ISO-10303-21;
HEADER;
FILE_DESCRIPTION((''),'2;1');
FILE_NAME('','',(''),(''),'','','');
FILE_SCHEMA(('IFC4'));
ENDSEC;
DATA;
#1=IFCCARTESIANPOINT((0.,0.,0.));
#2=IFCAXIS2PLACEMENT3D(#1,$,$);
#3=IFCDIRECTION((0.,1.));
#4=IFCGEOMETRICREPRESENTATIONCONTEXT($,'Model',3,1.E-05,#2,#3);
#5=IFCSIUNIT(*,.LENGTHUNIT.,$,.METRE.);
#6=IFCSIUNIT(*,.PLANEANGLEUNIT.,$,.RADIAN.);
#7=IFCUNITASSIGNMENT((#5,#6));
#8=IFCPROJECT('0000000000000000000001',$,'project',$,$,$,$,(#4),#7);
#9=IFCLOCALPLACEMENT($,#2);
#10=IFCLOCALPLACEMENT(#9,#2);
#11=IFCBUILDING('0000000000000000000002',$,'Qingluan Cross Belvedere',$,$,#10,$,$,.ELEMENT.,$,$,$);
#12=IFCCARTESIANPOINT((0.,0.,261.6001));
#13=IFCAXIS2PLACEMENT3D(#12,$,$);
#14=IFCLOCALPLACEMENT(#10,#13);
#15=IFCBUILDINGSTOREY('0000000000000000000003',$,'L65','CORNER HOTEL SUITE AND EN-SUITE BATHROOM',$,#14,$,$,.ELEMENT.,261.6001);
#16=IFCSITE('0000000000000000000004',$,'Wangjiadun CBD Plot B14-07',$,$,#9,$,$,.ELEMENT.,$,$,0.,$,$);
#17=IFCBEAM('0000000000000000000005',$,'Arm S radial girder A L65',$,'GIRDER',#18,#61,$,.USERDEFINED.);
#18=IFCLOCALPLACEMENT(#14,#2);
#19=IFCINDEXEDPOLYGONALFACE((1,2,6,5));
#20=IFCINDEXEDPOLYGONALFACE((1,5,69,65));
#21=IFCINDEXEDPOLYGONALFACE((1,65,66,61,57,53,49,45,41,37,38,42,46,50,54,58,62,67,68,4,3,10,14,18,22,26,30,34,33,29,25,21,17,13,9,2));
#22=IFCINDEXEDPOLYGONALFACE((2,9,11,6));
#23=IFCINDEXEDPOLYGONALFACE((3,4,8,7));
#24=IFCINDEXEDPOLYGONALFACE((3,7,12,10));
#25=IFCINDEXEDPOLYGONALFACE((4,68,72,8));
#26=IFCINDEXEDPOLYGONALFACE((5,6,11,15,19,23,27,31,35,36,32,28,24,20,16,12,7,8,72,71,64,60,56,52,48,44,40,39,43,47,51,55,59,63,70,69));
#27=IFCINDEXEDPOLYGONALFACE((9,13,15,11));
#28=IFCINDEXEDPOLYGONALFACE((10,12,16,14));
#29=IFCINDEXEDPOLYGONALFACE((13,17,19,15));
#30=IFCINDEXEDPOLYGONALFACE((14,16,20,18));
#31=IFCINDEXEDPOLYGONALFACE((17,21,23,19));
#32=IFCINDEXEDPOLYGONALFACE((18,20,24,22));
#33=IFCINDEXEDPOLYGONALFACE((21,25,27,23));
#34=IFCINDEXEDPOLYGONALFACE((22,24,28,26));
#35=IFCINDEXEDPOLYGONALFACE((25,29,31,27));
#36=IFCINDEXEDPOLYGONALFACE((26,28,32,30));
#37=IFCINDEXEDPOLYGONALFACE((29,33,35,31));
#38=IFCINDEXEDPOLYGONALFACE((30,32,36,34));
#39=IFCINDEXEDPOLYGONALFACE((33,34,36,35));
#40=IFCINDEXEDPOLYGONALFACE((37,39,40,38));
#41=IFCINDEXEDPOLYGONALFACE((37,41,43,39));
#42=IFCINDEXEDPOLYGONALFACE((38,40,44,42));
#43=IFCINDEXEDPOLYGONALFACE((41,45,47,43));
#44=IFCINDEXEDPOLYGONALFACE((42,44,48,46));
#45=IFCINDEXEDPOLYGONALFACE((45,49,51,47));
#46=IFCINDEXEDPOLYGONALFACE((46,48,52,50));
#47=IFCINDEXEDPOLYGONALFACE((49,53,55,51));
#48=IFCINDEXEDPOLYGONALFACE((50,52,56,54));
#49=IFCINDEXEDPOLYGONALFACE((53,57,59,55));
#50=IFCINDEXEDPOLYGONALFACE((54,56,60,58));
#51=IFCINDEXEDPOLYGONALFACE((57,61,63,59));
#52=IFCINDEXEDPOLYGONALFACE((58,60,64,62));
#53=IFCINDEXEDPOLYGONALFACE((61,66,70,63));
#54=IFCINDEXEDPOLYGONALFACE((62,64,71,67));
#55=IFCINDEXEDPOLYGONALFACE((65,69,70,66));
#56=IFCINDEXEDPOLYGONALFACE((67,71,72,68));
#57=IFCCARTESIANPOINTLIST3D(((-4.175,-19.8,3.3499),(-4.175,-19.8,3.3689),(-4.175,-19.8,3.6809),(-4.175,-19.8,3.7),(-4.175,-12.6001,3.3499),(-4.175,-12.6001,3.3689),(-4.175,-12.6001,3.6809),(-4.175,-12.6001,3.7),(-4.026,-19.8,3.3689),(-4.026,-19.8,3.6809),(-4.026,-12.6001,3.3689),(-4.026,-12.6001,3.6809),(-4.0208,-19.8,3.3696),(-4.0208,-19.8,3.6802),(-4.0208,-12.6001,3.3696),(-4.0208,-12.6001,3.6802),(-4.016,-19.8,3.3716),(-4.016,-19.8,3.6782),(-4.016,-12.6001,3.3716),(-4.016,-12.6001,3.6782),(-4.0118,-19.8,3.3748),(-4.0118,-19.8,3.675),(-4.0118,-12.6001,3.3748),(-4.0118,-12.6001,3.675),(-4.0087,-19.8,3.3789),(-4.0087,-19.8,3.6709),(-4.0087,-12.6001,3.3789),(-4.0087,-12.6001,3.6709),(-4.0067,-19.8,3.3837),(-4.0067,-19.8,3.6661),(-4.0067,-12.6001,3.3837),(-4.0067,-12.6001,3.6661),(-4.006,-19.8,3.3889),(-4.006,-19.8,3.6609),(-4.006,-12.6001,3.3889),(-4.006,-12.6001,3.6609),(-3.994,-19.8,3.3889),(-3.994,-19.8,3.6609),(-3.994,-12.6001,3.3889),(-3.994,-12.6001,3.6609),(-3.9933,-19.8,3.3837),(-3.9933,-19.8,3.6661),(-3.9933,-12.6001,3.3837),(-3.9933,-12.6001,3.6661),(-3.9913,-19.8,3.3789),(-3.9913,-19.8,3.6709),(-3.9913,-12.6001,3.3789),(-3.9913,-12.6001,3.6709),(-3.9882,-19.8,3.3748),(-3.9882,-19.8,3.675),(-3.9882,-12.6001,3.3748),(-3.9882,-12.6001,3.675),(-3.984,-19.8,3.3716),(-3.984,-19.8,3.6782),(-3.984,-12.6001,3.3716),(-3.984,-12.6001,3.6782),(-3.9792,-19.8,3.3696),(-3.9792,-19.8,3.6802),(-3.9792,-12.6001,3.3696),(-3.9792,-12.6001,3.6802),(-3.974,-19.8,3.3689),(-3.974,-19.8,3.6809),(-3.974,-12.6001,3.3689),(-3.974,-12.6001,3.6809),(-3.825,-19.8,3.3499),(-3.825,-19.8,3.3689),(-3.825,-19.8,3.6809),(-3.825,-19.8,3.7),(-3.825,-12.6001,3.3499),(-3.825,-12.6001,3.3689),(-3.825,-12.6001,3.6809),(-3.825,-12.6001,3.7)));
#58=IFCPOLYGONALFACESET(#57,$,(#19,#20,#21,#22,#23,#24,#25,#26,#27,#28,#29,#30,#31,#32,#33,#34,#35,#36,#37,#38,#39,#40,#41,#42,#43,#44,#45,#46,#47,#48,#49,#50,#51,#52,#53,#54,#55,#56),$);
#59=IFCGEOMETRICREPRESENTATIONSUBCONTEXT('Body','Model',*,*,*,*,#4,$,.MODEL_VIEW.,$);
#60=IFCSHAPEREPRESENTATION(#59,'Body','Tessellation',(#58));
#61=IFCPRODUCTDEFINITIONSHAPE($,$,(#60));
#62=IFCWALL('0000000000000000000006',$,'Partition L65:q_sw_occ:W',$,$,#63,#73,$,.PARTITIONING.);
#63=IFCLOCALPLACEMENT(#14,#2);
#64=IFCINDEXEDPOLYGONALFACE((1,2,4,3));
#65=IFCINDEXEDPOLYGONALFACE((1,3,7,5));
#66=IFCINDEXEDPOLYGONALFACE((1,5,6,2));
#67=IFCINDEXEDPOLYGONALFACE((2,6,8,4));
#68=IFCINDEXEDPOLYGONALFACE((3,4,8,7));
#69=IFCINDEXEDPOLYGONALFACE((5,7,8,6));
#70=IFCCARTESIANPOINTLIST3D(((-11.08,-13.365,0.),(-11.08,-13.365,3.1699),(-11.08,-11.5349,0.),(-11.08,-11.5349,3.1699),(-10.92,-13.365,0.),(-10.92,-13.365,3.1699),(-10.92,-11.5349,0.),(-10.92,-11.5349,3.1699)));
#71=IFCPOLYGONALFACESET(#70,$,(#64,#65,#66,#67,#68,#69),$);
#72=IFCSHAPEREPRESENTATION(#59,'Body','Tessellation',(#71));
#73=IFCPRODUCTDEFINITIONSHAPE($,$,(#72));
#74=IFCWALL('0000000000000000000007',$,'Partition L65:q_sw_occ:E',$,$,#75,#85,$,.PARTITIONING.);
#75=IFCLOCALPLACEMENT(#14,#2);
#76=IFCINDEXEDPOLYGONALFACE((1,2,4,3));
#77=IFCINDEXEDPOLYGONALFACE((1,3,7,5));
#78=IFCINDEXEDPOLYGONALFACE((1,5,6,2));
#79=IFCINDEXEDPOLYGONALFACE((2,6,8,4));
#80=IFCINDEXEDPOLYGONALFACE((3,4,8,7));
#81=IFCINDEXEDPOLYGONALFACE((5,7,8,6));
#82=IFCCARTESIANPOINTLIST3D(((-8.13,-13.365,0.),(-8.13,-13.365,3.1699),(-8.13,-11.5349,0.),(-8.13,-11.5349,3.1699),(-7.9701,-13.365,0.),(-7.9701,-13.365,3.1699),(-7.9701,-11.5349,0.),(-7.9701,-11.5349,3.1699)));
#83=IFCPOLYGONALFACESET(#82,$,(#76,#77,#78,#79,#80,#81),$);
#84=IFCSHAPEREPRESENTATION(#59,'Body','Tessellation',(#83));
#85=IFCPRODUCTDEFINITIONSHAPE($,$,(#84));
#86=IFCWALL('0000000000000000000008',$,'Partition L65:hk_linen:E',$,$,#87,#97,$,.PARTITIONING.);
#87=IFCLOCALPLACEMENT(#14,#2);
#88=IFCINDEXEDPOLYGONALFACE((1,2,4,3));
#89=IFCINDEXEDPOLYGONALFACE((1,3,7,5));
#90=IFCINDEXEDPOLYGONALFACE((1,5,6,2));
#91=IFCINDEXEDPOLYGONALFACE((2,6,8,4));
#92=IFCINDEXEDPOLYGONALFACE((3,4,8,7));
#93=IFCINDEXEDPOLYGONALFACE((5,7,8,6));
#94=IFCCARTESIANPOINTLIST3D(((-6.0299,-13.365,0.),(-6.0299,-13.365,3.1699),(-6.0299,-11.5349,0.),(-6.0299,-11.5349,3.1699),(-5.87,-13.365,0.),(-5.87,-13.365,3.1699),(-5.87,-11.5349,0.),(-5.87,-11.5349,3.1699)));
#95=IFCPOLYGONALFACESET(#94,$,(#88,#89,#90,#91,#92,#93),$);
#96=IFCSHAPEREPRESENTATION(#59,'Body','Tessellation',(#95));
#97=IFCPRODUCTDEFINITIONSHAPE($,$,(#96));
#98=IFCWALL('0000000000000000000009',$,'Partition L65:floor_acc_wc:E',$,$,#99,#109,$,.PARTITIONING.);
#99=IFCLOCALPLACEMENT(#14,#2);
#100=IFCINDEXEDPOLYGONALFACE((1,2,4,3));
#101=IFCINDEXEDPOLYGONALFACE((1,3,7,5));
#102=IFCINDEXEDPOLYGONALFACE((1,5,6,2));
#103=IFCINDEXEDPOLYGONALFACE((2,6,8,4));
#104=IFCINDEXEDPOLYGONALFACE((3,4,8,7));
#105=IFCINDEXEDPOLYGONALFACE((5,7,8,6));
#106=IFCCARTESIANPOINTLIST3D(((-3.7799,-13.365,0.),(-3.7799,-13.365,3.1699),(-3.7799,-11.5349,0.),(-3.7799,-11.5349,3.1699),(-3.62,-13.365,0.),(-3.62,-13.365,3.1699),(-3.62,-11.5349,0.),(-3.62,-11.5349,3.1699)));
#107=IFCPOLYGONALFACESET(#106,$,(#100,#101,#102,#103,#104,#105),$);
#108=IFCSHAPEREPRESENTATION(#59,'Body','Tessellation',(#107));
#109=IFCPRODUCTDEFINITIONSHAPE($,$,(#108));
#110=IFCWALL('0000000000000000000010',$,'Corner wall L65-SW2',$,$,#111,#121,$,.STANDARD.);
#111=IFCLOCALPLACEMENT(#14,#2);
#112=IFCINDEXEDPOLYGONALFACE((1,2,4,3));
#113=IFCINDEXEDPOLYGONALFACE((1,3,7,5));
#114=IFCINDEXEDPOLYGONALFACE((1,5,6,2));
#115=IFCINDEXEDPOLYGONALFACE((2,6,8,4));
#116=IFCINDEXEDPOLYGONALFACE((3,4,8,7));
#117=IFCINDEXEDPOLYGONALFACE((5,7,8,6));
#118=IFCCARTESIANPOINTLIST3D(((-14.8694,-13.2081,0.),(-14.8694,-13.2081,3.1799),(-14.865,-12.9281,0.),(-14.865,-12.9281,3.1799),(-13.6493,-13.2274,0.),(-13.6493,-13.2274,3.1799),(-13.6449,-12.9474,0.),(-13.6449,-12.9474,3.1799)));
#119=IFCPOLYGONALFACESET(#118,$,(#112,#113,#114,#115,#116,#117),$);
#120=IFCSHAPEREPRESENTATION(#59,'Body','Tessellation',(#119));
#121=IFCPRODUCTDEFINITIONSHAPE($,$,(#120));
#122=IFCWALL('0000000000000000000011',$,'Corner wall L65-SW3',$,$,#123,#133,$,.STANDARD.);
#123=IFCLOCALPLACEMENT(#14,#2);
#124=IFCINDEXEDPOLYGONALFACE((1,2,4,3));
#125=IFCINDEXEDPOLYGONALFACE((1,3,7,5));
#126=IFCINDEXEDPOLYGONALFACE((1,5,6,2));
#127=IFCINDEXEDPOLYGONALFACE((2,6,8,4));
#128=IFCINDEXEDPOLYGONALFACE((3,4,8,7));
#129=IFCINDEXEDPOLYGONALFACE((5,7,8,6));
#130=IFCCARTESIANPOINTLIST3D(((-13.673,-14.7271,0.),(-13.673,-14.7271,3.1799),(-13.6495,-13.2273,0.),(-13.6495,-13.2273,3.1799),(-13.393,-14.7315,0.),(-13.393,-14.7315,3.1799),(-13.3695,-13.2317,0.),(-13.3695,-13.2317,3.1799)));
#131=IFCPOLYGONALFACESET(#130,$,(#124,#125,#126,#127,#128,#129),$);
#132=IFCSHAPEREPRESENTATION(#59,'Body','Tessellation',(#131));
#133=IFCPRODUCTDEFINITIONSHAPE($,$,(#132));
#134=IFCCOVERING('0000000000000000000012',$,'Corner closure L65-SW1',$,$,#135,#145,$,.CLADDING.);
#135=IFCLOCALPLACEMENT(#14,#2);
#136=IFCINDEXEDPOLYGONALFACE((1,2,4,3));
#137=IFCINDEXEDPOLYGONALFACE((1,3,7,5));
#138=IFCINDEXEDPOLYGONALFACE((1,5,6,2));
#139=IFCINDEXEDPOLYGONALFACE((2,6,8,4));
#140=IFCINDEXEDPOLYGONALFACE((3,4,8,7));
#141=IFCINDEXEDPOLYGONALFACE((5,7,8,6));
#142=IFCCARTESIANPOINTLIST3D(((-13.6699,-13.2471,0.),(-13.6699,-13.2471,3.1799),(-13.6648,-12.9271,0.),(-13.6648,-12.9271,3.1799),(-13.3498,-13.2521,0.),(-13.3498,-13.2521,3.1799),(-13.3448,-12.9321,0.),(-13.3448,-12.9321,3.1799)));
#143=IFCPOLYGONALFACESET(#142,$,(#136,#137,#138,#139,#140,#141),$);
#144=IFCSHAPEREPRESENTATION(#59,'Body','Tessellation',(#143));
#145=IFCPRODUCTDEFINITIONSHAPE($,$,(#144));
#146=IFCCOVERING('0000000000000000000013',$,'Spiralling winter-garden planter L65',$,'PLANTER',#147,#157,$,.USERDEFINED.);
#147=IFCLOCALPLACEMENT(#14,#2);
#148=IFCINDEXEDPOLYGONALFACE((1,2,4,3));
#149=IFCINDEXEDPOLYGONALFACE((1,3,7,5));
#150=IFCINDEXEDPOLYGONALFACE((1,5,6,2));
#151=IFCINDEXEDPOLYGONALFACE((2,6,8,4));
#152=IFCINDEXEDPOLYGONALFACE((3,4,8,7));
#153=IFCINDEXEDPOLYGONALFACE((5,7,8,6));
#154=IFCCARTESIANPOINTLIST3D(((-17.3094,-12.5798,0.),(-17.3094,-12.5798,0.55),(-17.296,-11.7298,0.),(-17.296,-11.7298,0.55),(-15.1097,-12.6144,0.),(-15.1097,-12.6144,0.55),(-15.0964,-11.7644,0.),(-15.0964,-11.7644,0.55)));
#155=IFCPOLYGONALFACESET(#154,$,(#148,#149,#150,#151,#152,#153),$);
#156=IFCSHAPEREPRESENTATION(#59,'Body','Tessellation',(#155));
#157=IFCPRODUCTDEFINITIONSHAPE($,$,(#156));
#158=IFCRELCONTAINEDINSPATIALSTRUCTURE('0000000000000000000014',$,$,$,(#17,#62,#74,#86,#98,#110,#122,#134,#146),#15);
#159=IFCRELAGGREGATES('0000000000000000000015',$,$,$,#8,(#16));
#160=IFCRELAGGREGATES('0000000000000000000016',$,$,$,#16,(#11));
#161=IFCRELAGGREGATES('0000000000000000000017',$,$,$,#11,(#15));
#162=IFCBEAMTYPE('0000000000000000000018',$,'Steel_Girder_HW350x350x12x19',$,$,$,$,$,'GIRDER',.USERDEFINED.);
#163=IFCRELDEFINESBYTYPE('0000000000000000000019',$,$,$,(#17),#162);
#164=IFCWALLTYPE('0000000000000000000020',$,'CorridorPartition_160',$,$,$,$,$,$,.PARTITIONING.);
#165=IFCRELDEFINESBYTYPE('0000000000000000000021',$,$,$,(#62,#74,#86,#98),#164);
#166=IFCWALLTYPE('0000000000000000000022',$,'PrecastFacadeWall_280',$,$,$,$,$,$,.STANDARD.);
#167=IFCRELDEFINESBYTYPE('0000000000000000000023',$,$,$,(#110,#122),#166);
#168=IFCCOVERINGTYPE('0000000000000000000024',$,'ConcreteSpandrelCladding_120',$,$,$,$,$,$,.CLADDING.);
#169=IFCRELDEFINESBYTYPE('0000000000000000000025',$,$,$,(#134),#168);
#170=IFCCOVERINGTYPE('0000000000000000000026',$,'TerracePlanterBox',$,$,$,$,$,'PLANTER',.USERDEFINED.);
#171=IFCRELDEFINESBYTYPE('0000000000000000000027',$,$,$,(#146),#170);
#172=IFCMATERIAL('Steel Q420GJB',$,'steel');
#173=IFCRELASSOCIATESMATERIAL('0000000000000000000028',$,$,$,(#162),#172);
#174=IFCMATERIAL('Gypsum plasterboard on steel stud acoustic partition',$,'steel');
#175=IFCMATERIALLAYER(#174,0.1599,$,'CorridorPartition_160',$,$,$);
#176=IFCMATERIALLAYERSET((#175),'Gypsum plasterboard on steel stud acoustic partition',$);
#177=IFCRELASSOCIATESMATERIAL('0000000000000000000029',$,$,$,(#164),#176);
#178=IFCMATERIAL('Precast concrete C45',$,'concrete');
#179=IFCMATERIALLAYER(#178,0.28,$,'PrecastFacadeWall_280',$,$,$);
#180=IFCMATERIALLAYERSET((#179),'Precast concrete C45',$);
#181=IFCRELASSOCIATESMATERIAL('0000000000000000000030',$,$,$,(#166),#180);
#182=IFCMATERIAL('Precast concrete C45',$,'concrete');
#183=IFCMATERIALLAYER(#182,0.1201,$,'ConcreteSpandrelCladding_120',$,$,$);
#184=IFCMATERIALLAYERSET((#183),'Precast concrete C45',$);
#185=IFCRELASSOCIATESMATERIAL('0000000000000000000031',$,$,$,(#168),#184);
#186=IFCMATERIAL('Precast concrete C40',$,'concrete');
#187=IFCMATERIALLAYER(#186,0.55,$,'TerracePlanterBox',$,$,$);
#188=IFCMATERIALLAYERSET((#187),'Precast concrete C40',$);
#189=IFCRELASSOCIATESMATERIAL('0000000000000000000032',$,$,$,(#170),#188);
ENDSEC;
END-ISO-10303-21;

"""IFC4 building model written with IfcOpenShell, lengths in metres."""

from ifc_helpers import new_model, si_unit, direction, frame, frame_2d, origin, origin_2d, place, context, subcontext, project, spatial, rectangle, i_section, extrude, material, layer, layer_set, material_profile, profile_set, type_object, element, save


model = new_model("IFC4")

# Units and contexts
model_context = context("Model", 3, precision=1e-05, world=origin(), true_north=direction((0.0, 1.0)))
body_context = subcontext(model_context, "Body", "Model", "MODEL_VIEW")
ifc_project = project(units=[si_unit("LENGTHUNIT", "METRE"), si_unit("PLANEANGLEUNIT", "RADIAN")], contexts=[model_context])

# Site, building, storey
site_placement = place(None, origin())
site = spatial("IfcSite", under=ifc_project, at=site_placement, Name="Wangjiadun CBD Plot B14-07", CompositionType="ELEMENT", RefElevation=0.0)
building_placement = place(site_placement, origin())
building = spatial("IfcBuilding", under=site, at=building_placement, Name="Qingluan Cross Belvedere", CompositionType="ELEMENT")
storey_placement = place(building_placement, frame((0.0, 0.0, 261.6001)))
storey = spatial("IfcBuildingStorey", under=building, at=storey_placement, Name="L65", Description="CORNER HOTEL SUITE AND EN-SUITE BATHROOM", CompositionType="ELEMENT", Elevation=261.6001)

# Beam
ifc_material_1 = material(Name="Steel Q420GJB", Category="steel")
ifc_material_profile_1 = material_profile(ifc_material_1, i_section(OverallWidth=0.3501, OverallDepth=0.3501, WebThickness=0.012, FlangeThickness=0.019, FilletRadius=0.02, at=origin_2d()), Name="HW350x350x12x19")
ifc_profile_set_1 = profile_set([ifc_material_profile_1], Name="Steel Q420GJB")
beam_type_1 = type_object("IfcBeamType", Name="Steel_Girder_HW350x350x12x19", ElementType="GIRDER", PredefinedType="USERDEFINED", material=ifc_profile_set_1)
beam_1_placement = place(storey_placement, frame((-4.0, -12.6001, 3.5249), z_axis=(0.0, -1.0, 0.0), x_axis=(1.0, 0.0, 0.0)))
element("IfcBeam", 1, at=beam_1_placement, inside=storey, type_object=beam_type_1, Name="Arm S radial girder A L65", ObjectType="GIRDER", PredefinedType="USERDEFINED", context=body_context, shape_type="SweptSolid", body=[
    extrude(i_section(OverallWidth=0.3501, OverallDepth=0.3501, WebThickness=0.012, FlangeThickness=0.019, FilletRadius=0.02, at=origin_2d()), origin(), (0.0, 0.0, 1.0), 7.2),
])

# Walls
ifc_material_2 = material(Name="Gypsum plasterboard on steel stud acoustic partition", Category="steel")
ifc_layer_1 = layer(ifc_material_2, 0.1599, Name="CorridorPartition_160")
ifc_layer_set_1 = layer_set([ifc_layer_1], Name="Gypsum plasterboard on steel stud acoustic partition")
wall_type_1 = type_object("IfcWallType", Name="CorridorPartition_160", PredefinedType="PARTITIONING", material=ifc_layer_set_1)
for number, where, z_axis, x_axis, name in (
    (2, (-11.0, -13.365, 0.0), (0.0, 0.0, 1.0), (0.0, 1.0, 0.0), "Partition L65:q_sw_occ:W"),
    (3, (-8.05, -13.365, 0.0), (0.0, 0.0, 1.0), (0.0, 1.0, 0.0), "Partition L65:q_sw_occ:E"),
    (4, (-5.95, -13.365, 0.0), (0.0, 0.0, 1.0), (0.0, 1.0, 0.0), "Partition L65:hk_linen:E"),
    (5, (-3.7, -13.365, 0.0), (0.0, 0.0, 1.0), (0.0, 1.0, 0.0), "Partition L65:floor_acc_wc:E"),
):
    element("IfcWall", number, at=place(storey_placement, frame(where, z_axis=z_axis, x_axis=x_axis)), inside=storey, type_object=wall_type_1, Name=name, PredefinedType="PARTITIONING", context=body_context, shape_type="SweptSolid", body=[
        extrude(rectangle(XDim=1.8301, YDim=0.1599, at=frame_2d((0.915, 0.0))), origin(), (0.0, 0.0, 1.0), 3.1699),
    ])
ifc_material_3 = material(Name="Precast concrete C45", Category="concrete")
ifc_layer_2 = layer(ifc_material_3, 0.28, Name="PrecastFacadeWall_280")
ifc_layer_set_2 = layer_set([ifc_layer_2], Name="Precast concrete C45")
wall_type_2 = type_object("IfcWallType", Name="PrecastFacadeWall_280", PredefinedType="STANDARD", material=ifc_layer_set_2)
wall_1_placement = place(storey_placement, frame((-14.8672, -13.0681, 0.0), z_axis=(0.0, 0.0, 1.0), x_axis=(0.999875, -0.015808, 0.0)))
element("IfcWall", 6, at=wall_1_placement, inside=storey, type_object=wall_type_2, Name="Corner wall L65-SW2", PredefinedType="STANDARD", context=body_context, shape_type="SweptSolid", body=[
    extrude(rectangle(XDim=1.2202, YDim=0.28, at=frame_2d((0.6101, 0.0))), origin(), (0.0, 0.0, 1.0), 3.1799),
])
wall_2_placement = place(storey_placement, frame((-13.5095, -13.2295, 0.0), z_axis=(0.0, 0.0, 1.0), x_axis=(-0.015626, -0.999878, 0.0)))
element("IfcWall", 7, at=wall_2_placement, inside=storey, type_object=wall_type_2, Name="Corner wall L65-SW3", PredefinedType="STANDARD", context=body_context, shape_type="SweptSolid", body=[
    extrude(rectangle(XDim=1.5, YDim=0.28, at=frame_2d((0.75, 0.0))), origin(), (0.0, 0.0, 1.0), 3.1799),
])

# Coverings
ifc_material_4 = material(Name="Precast concrete C45", Category="concrete")
ifc_layer_3 = layer(ifc_material_4, 0.1201, Name="ConcreteSpandrelCladding_120")
ifc_layer_set_3 = layer_set([ifc_layer_3], Name="Precast concrete C45")
covering_type_1 = type_object("IfcCoveringType", Name="ConcreteSpandrelCladding_120", PredefinedType="CLADDING", material=ifc_layer_set_3)
covering_1_placement = place(storey_placement, frame((-13.5073, -13.0896, 0.0), z_axis=(0.0, 0.0, 1.0), x_axis=(0.999877, -0.015707, 0.0)))
element("IfcCovering", 8, at=covering_1_placement, inside=storey, type_object=covering_type_1, Name="Corner closure L65-SW1", PredefinedType="CLADDING", context=body_context, shape_type="SweptSolid", body=[
    extrude(rectangle(XDim=0.3201, YDim=0.3201, at=origin_2d()), origin(), (0.0, 0.0, 1.0), 3.1799),
])
ifc_material_5 = material(Name="Precast concrete C40", Category="concrete")
ifc_layer_4 = layer(ifc_material_5, 0.55, Name="TerracePlanterBox")
ifc_layer_set_4 = layer_set([ifc_layer_4], Name="Precast concrete C40")
covering_type_2 = type_object("IfcCoveringType", Name="TerracePlanterBox", ElementType="PLANTER", PredefinedType="USERDEFINED", material=ifc_layer_set_4)
covering_2_placement = place(storey_placement, frame((-16.2029, -12.1721, 0.0), z_axis=(0.0, 0.0, 1.0), x_axis=(0.999877, -0.015707, 0.0)))
element("IfcCovering", 9, at=covering_2_placement, inside=storey, type_object=covering_type_2, Name="Spiralling winter-garden planter L65", ObjectType="PLANTER", PredefinedType="USERDEFINED", context=body_context, shape_type="SweptSolid", body=[
    extrude(rectangle(XDim=2.2, YDim=0.8501, at=origin_2d()), origin(), (0.0, 0.0, 1.0), 0.55),
])

save(model, "model.ifc")
